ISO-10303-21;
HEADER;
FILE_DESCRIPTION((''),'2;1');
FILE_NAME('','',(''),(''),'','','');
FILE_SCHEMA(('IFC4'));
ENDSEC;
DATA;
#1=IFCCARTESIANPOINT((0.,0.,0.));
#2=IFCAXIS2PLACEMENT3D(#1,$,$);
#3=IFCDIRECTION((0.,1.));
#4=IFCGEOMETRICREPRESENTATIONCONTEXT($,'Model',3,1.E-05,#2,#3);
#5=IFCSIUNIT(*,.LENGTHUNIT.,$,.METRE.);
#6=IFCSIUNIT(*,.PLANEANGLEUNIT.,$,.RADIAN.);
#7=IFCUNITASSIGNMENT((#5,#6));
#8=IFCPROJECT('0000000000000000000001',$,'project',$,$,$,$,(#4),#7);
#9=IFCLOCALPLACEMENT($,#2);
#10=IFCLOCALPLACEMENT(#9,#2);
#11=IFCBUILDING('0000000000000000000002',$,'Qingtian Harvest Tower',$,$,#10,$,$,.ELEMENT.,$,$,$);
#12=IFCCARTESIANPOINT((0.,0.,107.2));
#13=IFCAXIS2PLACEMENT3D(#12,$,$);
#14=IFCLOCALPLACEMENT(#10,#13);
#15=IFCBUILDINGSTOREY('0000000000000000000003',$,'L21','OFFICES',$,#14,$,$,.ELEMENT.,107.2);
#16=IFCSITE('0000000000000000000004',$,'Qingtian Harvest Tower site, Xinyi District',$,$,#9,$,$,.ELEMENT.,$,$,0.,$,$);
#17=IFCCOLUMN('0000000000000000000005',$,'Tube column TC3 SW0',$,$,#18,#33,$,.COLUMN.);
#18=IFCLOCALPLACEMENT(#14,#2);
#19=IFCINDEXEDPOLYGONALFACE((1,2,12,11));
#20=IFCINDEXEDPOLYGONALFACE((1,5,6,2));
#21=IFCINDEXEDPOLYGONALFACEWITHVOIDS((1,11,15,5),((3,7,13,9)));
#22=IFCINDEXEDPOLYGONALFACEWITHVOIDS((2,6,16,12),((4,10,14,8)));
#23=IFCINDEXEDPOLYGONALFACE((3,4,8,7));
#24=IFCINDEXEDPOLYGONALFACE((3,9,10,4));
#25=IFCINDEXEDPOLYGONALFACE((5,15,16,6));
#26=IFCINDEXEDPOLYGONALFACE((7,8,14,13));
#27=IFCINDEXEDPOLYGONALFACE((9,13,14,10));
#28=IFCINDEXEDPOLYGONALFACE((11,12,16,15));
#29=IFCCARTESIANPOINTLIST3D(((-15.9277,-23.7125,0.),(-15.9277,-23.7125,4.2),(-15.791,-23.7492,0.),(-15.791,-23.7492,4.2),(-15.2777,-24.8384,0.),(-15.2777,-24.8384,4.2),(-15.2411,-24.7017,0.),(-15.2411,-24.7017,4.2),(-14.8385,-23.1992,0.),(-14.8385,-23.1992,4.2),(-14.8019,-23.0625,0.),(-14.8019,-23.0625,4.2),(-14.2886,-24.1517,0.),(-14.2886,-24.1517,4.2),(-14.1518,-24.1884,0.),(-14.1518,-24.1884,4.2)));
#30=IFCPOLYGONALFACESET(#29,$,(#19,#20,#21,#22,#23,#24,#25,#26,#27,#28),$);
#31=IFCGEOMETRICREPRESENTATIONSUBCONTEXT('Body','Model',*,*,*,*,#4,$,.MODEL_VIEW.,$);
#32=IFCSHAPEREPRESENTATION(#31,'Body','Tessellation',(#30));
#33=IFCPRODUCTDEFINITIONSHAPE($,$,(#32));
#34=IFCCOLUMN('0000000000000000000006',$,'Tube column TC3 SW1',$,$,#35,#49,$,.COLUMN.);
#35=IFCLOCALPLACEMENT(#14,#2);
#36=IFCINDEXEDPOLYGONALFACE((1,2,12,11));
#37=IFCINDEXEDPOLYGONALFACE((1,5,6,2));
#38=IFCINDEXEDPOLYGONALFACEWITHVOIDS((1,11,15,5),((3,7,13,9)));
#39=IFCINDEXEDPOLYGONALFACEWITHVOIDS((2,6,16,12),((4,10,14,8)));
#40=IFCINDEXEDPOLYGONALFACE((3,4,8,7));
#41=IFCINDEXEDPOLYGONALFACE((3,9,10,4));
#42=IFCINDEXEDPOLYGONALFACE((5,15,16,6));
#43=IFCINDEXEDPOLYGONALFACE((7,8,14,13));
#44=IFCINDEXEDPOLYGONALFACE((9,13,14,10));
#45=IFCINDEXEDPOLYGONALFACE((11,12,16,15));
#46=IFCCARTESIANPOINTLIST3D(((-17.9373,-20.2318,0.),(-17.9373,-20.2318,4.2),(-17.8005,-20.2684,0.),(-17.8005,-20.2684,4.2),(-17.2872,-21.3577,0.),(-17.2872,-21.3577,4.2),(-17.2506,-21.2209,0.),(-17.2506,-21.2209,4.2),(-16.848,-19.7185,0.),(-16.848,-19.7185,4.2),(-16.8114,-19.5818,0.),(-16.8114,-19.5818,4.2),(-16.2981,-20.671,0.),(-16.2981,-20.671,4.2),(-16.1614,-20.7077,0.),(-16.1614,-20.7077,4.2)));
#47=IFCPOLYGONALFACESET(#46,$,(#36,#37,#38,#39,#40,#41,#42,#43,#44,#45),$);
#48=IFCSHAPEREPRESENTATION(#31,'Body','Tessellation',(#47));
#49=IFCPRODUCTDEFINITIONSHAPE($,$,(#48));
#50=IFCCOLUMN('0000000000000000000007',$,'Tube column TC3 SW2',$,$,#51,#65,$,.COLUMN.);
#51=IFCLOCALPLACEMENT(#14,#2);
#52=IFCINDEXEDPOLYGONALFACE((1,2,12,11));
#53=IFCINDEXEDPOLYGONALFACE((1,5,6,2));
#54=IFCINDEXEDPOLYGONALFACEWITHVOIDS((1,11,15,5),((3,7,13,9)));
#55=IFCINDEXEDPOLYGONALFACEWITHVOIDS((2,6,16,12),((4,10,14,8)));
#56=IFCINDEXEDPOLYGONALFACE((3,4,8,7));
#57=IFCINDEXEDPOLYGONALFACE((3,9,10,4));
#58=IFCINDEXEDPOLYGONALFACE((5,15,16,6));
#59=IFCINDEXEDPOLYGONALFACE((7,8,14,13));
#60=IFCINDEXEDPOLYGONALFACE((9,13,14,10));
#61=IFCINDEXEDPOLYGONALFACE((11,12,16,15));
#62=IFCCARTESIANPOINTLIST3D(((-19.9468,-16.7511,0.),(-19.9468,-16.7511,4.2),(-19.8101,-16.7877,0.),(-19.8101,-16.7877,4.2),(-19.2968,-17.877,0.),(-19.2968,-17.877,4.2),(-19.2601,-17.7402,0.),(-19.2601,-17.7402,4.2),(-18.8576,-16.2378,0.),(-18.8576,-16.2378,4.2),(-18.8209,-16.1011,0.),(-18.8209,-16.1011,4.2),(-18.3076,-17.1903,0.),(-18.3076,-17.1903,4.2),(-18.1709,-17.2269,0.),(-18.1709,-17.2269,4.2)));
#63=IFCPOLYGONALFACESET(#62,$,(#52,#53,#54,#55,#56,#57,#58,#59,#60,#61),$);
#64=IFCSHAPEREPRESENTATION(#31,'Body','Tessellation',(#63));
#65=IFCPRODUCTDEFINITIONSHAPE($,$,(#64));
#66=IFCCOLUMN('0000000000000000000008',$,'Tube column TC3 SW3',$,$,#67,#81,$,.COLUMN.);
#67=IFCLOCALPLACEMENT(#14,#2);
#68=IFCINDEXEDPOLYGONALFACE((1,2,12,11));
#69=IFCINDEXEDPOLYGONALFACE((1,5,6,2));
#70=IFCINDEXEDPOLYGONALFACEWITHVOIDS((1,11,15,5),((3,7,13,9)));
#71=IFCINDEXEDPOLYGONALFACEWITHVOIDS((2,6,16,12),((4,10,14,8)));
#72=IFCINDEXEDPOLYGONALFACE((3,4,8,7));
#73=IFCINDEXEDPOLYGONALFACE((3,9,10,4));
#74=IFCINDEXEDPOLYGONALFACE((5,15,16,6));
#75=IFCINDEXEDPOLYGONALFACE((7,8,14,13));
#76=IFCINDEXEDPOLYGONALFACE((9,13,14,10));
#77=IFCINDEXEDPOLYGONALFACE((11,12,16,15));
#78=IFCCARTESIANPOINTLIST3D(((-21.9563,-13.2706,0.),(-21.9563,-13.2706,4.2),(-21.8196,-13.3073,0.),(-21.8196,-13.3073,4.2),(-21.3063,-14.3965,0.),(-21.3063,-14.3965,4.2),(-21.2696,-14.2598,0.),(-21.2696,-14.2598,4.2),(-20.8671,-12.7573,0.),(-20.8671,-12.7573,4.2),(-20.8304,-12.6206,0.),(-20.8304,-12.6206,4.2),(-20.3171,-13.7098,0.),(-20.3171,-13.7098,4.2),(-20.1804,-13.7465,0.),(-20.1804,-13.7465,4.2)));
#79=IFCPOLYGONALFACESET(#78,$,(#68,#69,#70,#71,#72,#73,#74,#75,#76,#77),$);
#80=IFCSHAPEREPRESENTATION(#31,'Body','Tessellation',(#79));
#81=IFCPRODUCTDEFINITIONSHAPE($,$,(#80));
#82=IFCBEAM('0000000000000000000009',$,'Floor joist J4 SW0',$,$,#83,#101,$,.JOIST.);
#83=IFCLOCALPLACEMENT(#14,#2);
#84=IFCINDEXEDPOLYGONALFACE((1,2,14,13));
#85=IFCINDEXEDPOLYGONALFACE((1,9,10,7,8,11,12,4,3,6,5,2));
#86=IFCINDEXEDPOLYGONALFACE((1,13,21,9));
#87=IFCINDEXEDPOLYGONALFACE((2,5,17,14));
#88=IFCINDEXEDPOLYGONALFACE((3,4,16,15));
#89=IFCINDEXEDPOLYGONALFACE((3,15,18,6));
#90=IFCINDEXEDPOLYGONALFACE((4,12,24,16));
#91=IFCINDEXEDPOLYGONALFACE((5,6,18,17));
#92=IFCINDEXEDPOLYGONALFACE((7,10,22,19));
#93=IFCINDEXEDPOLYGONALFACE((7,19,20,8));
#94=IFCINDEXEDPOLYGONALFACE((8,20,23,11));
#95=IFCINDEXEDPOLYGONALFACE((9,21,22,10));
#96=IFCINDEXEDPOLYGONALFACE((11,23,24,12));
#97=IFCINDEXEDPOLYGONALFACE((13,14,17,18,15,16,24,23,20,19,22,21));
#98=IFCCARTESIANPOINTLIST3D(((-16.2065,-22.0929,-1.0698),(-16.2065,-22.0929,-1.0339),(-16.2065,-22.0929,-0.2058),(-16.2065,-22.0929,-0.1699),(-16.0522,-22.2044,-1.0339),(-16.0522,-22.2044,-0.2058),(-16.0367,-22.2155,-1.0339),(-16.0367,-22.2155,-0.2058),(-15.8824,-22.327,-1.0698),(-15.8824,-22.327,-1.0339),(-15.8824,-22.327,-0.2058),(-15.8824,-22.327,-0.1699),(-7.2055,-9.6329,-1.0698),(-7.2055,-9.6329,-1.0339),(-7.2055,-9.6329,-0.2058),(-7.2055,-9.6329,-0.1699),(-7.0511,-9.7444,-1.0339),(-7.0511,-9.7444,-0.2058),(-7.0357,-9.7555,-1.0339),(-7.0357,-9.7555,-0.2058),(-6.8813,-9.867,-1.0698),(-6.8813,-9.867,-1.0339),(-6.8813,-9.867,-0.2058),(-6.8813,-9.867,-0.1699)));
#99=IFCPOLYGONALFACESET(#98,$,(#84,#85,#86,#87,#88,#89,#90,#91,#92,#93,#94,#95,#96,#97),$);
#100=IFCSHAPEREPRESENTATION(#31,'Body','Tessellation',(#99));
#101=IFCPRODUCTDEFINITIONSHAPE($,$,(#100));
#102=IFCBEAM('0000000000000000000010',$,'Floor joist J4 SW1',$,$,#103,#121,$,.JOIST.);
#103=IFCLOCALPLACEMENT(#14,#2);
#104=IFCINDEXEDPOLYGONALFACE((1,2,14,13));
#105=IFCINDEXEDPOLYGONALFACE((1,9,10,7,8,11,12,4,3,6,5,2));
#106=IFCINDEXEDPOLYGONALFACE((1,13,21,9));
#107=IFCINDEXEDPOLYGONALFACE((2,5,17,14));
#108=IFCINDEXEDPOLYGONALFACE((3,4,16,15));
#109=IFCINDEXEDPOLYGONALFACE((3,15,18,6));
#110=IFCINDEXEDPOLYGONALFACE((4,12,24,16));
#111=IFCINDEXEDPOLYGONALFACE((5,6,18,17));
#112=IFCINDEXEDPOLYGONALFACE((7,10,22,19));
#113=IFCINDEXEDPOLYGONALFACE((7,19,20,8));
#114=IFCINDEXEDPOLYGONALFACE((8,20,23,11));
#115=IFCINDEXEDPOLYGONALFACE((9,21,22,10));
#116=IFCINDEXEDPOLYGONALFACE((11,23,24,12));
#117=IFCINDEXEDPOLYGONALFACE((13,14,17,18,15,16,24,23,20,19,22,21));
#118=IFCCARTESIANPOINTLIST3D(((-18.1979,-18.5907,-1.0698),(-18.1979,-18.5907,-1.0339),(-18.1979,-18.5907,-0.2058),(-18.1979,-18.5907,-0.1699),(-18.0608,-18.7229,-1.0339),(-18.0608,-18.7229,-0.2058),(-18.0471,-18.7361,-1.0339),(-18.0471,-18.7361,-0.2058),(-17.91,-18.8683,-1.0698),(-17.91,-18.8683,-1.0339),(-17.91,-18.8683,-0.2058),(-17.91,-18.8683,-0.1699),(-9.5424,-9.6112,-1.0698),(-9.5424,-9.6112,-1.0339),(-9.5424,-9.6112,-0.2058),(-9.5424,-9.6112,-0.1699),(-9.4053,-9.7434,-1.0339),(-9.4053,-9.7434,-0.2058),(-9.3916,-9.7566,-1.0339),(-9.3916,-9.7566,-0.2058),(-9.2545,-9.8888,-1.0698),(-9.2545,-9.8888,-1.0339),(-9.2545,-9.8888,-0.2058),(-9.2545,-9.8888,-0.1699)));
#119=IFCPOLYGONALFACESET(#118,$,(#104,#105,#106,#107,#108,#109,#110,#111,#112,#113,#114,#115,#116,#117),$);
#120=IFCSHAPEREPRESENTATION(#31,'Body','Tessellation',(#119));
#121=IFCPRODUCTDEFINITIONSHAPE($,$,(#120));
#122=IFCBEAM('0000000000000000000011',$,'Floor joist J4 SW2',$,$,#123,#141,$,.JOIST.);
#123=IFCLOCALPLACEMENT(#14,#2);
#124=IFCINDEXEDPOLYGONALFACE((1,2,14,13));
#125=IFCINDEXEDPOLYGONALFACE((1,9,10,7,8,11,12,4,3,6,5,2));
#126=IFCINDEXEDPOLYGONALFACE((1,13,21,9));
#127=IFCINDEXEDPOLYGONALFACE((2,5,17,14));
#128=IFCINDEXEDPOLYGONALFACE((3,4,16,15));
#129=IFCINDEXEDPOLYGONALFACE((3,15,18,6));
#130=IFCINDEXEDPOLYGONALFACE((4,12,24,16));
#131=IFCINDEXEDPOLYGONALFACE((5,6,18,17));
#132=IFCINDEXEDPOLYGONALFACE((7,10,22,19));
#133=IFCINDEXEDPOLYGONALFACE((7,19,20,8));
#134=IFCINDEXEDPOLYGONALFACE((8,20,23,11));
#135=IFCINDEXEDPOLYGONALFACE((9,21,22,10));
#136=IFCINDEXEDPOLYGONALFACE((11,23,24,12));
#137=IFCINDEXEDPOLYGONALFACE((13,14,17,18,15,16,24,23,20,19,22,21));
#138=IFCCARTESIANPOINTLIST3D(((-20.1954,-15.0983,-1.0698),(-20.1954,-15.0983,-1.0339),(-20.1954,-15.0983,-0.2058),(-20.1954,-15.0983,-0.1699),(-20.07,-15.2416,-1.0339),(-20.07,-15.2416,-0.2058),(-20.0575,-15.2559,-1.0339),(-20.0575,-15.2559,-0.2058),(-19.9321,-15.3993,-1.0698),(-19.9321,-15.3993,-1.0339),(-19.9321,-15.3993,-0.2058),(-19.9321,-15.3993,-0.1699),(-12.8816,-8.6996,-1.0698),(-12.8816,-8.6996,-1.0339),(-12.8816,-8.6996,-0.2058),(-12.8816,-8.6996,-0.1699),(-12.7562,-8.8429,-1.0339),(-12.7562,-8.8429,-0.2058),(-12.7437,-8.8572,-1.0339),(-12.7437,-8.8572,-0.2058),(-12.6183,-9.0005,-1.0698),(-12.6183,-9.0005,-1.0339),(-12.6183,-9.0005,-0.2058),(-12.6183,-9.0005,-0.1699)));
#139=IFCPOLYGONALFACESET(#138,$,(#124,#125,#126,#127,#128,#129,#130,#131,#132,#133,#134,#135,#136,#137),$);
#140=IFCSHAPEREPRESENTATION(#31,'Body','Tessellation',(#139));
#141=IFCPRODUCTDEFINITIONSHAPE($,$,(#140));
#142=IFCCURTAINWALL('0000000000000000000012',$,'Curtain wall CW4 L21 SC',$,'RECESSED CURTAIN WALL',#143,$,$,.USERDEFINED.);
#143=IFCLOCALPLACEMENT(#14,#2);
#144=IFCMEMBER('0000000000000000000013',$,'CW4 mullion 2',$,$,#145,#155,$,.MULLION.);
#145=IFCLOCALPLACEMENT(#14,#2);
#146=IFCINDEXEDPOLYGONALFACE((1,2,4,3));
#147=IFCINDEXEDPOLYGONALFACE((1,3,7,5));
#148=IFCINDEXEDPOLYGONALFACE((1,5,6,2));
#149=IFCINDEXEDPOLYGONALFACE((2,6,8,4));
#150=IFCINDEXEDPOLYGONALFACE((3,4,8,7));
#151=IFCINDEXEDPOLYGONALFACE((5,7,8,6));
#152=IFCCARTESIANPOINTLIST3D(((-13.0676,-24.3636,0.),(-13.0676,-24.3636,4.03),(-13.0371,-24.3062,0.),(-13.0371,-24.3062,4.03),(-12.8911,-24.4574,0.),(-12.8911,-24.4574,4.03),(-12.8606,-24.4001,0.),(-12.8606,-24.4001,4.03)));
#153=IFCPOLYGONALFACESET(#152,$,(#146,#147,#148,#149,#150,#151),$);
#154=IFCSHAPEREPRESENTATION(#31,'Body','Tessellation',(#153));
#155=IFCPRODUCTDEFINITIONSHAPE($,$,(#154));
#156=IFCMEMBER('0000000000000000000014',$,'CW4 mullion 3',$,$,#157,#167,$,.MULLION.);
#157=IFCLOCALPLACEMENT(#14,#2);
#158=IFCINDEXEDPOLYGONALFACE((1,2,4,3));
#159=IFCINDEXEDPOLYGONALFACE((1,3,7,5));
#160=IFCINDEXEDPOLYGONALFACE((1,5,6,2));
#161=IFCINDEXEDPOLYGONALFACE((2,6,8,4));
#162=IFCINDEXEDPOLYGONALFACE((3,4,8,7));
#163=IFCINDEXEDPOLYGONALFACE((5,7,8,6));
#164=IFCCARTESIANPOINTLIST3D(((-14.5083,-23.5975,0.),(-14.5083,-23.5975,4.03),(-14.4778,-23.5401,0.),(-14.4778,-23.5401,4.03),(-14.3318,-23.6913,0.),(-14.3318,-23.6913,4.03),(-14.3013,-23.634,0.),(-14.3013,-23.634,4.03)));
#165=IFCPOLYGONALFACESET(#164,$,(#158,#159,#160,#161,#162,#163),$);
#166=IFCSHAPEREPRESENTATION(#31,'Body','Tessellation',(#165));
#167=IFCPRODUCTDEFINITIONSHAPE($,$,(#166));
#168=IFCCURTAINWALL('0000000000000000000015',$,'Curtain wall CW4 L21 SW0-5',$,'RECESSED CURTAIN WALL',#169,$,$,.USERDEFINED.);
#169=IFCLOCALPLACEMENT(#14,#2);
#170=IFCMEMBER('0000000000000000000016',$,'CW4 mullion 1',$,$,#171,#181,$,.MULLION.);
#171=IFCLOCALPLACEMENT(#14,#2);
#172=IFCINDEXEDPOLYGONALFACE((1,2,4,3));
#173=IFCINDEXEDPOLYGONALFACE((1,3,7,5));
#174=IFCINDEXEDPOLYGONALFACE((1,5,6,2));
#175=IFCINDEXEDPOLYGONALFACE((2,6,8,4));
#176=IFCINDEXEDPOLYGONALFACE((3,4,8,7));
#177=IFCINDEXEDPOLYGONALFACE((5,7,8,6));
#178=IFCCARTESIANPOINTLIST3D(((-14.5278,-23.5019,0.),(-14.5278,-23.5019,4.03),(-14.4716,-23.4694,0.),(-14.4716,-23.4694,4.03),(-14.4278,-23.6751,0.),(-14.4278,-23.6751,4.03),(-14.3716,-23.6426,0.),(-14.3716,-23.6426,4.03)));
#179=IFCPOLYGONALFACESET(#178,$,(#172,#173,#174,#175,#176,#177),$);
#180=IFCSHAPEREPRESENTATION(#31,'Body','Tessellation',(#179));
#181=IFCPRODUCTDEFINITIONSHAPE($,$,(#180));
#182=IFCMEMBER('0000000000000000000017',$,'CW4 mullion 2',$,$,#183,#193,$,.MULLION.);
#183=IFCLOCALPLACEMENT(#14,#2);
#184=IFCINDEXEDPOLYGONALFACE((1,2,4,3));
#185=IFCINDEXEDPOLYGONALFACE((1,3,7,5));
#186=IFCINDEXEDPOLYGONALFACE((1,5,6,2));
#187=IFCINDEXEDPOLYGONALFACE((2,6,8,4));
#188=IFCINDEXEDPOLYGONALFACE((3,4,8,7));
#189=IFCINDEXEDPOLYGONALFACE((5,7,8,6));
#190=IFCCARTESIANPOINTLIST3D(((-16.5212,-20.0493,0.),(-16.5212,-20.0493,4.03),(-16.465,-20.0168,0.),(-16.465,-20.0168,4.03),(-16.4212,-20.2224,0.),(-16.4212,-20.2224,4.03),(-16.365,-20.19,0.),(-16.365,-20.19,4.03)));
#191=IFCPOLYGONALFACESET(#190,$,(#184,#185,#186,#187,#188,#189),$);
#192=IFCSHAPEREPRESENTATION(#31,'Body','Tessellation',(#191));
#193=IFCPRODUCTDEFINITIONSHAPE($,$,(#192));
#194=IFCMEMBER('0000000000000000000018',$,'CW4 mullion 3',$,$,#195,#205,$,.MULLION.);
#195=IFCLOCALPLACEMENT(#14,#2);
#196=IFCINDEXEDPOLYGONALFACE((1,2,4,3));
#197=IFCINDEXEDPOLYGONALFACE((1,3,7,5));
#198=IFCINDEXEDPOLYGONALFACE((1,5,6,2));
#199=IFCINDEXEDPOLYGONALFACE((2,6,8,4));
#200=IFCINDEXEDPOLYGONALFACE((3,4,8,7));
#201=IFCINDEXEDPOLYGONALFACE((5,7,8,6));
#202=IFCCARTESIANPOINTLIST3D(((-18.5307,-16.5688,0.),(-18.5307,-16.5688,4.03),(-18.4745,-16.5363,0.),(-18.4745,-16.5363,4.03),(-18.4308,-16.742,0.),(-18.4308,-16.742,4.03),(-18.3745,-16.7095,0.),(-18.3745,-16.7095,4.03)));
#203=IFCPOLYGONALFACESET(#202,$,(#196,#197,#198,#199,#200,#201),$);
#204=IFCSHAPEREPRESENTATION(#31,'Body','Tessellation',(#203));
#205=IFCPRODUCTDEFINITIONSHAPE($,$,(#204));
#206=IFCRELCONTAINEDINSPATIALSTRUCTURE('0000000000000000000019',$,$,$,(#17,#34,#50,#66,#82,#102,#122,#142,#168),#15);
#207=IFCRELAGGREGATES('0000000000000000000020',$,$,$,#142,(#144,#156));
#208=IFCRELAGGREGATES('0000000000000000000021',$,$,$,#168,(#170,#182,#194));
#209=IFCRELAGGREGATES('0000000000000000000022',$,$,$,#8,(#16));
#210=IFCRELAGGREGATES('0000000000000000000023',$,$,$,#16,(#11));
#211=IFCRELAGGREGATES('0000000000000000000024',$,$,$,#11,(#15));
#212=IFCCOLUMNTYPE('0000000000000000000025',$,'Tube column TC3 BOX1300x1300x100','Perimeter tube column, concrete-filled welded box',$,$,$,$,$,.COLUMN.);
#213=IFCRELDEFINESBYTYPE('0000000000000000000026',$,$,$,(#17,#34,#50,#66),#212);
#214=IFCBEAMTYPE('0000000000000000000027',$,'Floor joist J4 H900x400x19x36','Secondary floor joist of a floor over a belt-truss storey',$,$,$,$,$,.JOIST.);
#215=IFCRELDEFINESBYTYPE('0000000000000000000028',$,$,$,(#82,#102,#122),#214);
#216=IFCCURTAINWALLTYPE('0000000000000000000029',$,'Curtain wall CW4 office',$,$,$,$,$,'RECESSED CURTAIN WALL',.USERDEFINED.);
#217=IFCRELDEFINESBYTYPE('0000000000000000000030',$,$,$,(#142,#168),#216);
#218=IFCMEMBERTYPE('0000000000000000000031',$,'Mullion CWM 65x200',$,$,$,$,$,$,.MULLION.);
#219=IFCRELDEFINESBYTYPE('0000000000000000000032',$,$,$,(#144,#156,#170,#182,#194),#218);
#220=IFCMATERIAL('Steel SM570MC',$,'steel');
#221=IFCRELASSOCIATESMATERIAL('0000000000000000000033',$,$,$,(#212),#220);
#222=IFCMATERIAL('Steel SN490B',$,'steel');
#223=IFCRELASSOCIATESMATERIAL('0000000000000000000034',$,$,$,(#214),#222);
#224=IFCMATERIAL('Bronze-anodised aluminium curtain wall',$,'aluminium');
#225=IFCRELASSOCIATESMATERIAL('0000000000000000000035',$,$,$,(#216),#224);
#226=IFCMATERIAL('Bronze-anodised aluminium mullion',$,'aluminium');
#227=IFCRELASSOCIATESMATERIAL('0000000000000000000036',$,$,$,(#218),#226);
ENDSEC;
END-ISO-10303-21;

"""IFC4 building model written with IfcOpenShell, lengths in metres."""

from ifc_helpers import new_model, si_unit, direction, frame, origin, origin_2d, place, context, subcontext, project, spatial, rectangle, hollow_rectangle, i_section, extrude, material, material_profile, profile_set, type_object, element, aggregate, save


model = new_model("IFC4")

# Units and contexts
model_context = context("Model", 3, precision=1e-05, world=origin(), true_north=direction((0.0, 1.0)))
body_context = subcontext(model_context, "Body", "Model", "MODEL_VIEW")
ifc_project = project(units=[si_unit("LENGTHUNIT", "METRE"), si_unit("PLANEANGLEUNIT", "RADIAN")], contexts=[model_context])

# Site, building, storey
site_placement = place(None, origin())
site = spatial("IfcSite", under=ifc_project, at=site_placement, Name="Qingtian Harvest Tower site, Xinyi District", CompositionType="ELEMENT", RefElevation=0.0)
building_placement = place(site_placement, origin())
building = spatial("IfcBuilding", under=site, at=building_placement, Name="Qingtian Harvest Tower", CompositionType="ELEMENT")
storey_placement = place(building_placement, frame((0.0, 0.0, 107.2)))
storey = spatial("IfcBuildingStorey", under=building, at=storey_placement, Name="L21", Description="OFFICES", CompositionType="ELEMENT", Elevation=107.2)

# Columns
ifc_material_1 = material(Name="Steel SM570MC", Category="steel")
ifc_material_profile_1 = material_profile(ifc_material_1, hollow_rectangle(XDim=1.3, YDim=1.3, WallThickness=0.1001, at=origin_2d()), Name="BOX1300x1300x100")
ifc_profile_set_1 = profile_set([ifc_material_profile_1], Name="Steel SM570MC")
column_type = type_object("IfcColumnType", Name="Tube column TC3 BOX1300x1300x100", Description="Perimeter tube column, concrete-filled welded box", PredefinedType="COLUMN", material=ifc_profile_set_1)
for number, where, z_axis, x_axis, name in (
    (1, (-15.0398, -23.9504, 0.0), (0.0, 0.0, 1.0), (0.5, -0.866025, 0.0), "Tube column TC3 SW0"),
    (2, (-17.0493, -20.4697, 0.0), (0.0, 0.0, 1.0), (0.5, -0.866025, 0.0), "Tube column TC3 SW1"),
    (3, (-19.0588, -16.989, 0.0), (0.0, 0.0, 1.0), (0.5, -0.866025, 0.0), "Tube column TC3 SW2"),
    (4, (-21.0684, -13.5085, 0.0), (0.0, 0.0, 1.0), (0.5, -0.866025, 0.0), "Tube column TC3 SW3"),
):
    element("IfcColumn", number, at=place(storey_placement, frame(where, z_axis=z_axis, x_axis=x_axis)), inside=storey, type_object=column_type, Name=name, PredefinedType="COLUMN", context=body_context, shape_type="SweptSolid", body=[
        extrude(hollow_rectangle(XDim=1.3, YDim=1.3, WallThickness=0.1001, at=origin_2d()), origin(), (0.0, 0.0, 1.0), 4.2),
    ])

# Beams
ifc_material_2 = material(Name="Steel SN490B", Category="steel")
ifc_material_profile_2 = material_profile(ifc_material_2, i_section(OverallWidth=0.3999, OverallDepth=0.8999, WebThickness=0.019, FlangeThickness=0.0359, at=origin_2d()), Name="H900x400x19x36")
ifc_profile_set_2 = profile_set([ifc_material_profile_2], Name="Steel SN490B")
beam_type_1 = type_object("IfcBeamType", Name="Floor joist J4 H900x400x19x36", Description="Secondary floor joist of a floor over a belt-truss storey", PredefinedType="JOIST", material=ifc_profile_set_2)
beam_1_placement = place(storey_placement, frame((-16.0444, -22.21, -0.6199), z_axis=(0.585581, 0.810614, 0.0), x_axis=(-0.810614, 0.585581, 0.0)))
element("IfcBeam", 5, at=beam_1_placement, inside=storey, type_object=beam_type_1, Name="Floor joist J4 SW0", PredefinedType="JOIST", context=body_context, shape_type="SweptSolid", body=[
    extrude(i_section(OverallWidth=0.3999, OverallDepth=0.8999, WebThickness=0.019, FlangeThickness=0.0359, at=origin_2d()), origin(), (0.0, 0.0, 1.0), 15.3711),
])
beam_2_placement = place(storey_placement, frame((-18.054, -18.7295, -0.6199), z_axis=(0.693999, 0.719976, 0.0), x_axis=(-0.719976, 0.693999, 0.0)))
element("IfcBeam", 6, at=beam_2_placement, inside=storey, type_object=beam_type_1, Name="Floor joist J4 SW1", PredefinedType="JOIST", context=body_context, shape_type="SweptSolid", body=[
    extrude(i_section(OverallWidth=0.3999, OverallDepth=0.8999, WebThickness=0.019, FlangeThickness=0.0359, at=origin_2d()), origin(), (0.0, 0.0, 1.0), 12.4719),
])
beam_3_placement = place(storey_placement, frame((-20.0637, -15.2488, -0.6199), z_axis=(0.752619, 0.658457, 0.0), x_axis=(-0.658457, 0.752619, 0.0)))
element("IfcBeam", 7, at=beam_3_placement, inside=storey, type_object=beam_type_1, Name="Floor joist J4 SW2", PredefinedType="JOIST", context=body_context, shape_type="SweptSolid", body=[
    extrude(i_section(OverallWidth=0.3999, OverallDepth=0.8999, WebThickness=0.019, FlangeThickness=0.0359, at=origin_2d()), origin(), (0.0, 0.0, 1.0), 9.7178),
])

# Curtain walls, members
ifc_material_3 = material(Name="Bronze-anodised aluminium curtain wall", Category="aluminium")
curtain_wall_type = type_object("IfcCurtainWallType", Name="Curtain wall CW4 office", ElementType="RECESSED CURTAIN WALL", PredefinedType="USERDEFINED", material=ifc_material_3)
curtain_wall_1_placement = place(storey_placement, origin())
curtain_wall_1 = element("IfcCurtainWall", 8, at=curtain_wall_1_placement, inside=storey, type_object=curtain_wall_type, Name="Curtain wall CW4 L21 SC", ObjectType="RECESSED CURTAIN WALL", PredefinedType="USERDEFINED")
ifc_material_4 = material(Name="Bronze-anodised aluminium mullion", Category="aluminium")
ifc_material_profile_3 = material_profile(ifc_material_4, rectangle(XDim=0.0649, YDim=0.2, at=origin_2d()), Name="AL 65x200")
ifc_profile_set_3 = profile_set([ifc_material_profile_3], Name="Bronze-anodised aluminium mullion")
member_type_1 = type_object("IfcMemberType", Name="Mullion CWM 65x200", PredefinedType="MULLION", material=ifc_profile_set_3)
member_1_placement = place(storey_placement, frame((-12.9641, -24.3818, 0.0), z_axis=(0.0, 0.0, 1.0), x_axis=(-0.469472, -0.882948, 0.0)))
member_1 = element("IfcMember", 9, at=member_1_placement, type_object=member_type_1, Name="CW4 mullion 2", PredefinedType="MULLION", context=body_context, shape_type="SweptSolid", body=[
    extrude(rectangle(XDim=0.0649, YDim=0.2, at=origin_2d()), origin(), (0.0, 0.0, 1.0), 4.03),
])
member_2_placement = place(storey_placement, frame((-14.4048, -23.6157, 0.0), z_axis=(0.0, 0.0, 1.0), x_axis=(-0.469472, -0.882948, 0.0)))
member_2 = element("IfcMember", 10, at=member_2_placement, type_object=member_type_1, Name="CW4 mullion 3", PredefinedType="MULLION", context=body_context, shape_type="SweptSolid", body=[
    extrude(rectangle(XDim=0.0649, YDim=0.2, at=origin_2d()), origin(), (0.0, 0.0, 1.0), 4.03),
])
curtain_wall_2_placement = place(storey_placement, origin())
curtain_wall_2 = element("IfcCurtainWall", 11, at=curtain_wall_2_placement, inside=storey, type_object=curtain_wall_type, Name="Curtain wall CW4 L21 SW0-5", ObjectType="RECESSED CURTAIN WALL", PredefinedType="USERDEFINED")
member_3_placement = place(storey_placement, frame((-14.4497, -23.5723, 0.0), z_axis=(0.0, 0.0, 1.0), x_axis=(-0.866025, -0.5, 0.0)))
member_3 = element("IfcMember", 12, at=member_3_placement, type_object=member_type_1, Name="CW4 mullion 1", PredefinedType="MULLION", context=body_context, shape_type="SweptSolid", body=[
    extrude(rectangle(XDim=0.0649, YDim=0.2, at=origin_2d()), origin(), (0.0, 0.0, 1.0), 4.03),
])
member_4_placement = place(storey_placement, frame((-16.4431, -20.1196, 0.0), z_axis=(0.0, 0.0, 1.0), x_axis=(-0.866025, -0.5, 0.0)))
member_4 = element("IfcMember", 13, at=member_4_placement, type_object=member_type_1, Name="CW4 mullion 2", PredefinedType="MULLION", context=body_context, shape_type="SweptSolid", body=[
    extrude(rectangle(XDim=0.0649, YDim=0.2, at=origin_2d()), origin(), (0.0, 0.0, 1.0), 4.03),
])
member_5_placement = place(storey_placement, frame((-18.4526, -16.6392, 0.0), z_axis=(0.0, 0.0, 1.0), x_axis=(-0.866025, -0.5, 0.0)))
member_5 = element("IfcMember", 14, at=member_5_placement, type_object=member_type_1, Name="CW4 mullion 3", PredefinedType="MULLION", context=body_context, shape_type="SweptSolid", body=[
    extrude(rectangle(XDim=0.0649, YDim=0.2, at=origin_2d()), origin(), (0.0, 0.0, 1.0), 4.03),
])

aggregate(curtain_wall_1, [member_1, member_2])
aggregate(curtain_wall_2, [member_3, member_4, member_5])

save(model, "model.ifc")
